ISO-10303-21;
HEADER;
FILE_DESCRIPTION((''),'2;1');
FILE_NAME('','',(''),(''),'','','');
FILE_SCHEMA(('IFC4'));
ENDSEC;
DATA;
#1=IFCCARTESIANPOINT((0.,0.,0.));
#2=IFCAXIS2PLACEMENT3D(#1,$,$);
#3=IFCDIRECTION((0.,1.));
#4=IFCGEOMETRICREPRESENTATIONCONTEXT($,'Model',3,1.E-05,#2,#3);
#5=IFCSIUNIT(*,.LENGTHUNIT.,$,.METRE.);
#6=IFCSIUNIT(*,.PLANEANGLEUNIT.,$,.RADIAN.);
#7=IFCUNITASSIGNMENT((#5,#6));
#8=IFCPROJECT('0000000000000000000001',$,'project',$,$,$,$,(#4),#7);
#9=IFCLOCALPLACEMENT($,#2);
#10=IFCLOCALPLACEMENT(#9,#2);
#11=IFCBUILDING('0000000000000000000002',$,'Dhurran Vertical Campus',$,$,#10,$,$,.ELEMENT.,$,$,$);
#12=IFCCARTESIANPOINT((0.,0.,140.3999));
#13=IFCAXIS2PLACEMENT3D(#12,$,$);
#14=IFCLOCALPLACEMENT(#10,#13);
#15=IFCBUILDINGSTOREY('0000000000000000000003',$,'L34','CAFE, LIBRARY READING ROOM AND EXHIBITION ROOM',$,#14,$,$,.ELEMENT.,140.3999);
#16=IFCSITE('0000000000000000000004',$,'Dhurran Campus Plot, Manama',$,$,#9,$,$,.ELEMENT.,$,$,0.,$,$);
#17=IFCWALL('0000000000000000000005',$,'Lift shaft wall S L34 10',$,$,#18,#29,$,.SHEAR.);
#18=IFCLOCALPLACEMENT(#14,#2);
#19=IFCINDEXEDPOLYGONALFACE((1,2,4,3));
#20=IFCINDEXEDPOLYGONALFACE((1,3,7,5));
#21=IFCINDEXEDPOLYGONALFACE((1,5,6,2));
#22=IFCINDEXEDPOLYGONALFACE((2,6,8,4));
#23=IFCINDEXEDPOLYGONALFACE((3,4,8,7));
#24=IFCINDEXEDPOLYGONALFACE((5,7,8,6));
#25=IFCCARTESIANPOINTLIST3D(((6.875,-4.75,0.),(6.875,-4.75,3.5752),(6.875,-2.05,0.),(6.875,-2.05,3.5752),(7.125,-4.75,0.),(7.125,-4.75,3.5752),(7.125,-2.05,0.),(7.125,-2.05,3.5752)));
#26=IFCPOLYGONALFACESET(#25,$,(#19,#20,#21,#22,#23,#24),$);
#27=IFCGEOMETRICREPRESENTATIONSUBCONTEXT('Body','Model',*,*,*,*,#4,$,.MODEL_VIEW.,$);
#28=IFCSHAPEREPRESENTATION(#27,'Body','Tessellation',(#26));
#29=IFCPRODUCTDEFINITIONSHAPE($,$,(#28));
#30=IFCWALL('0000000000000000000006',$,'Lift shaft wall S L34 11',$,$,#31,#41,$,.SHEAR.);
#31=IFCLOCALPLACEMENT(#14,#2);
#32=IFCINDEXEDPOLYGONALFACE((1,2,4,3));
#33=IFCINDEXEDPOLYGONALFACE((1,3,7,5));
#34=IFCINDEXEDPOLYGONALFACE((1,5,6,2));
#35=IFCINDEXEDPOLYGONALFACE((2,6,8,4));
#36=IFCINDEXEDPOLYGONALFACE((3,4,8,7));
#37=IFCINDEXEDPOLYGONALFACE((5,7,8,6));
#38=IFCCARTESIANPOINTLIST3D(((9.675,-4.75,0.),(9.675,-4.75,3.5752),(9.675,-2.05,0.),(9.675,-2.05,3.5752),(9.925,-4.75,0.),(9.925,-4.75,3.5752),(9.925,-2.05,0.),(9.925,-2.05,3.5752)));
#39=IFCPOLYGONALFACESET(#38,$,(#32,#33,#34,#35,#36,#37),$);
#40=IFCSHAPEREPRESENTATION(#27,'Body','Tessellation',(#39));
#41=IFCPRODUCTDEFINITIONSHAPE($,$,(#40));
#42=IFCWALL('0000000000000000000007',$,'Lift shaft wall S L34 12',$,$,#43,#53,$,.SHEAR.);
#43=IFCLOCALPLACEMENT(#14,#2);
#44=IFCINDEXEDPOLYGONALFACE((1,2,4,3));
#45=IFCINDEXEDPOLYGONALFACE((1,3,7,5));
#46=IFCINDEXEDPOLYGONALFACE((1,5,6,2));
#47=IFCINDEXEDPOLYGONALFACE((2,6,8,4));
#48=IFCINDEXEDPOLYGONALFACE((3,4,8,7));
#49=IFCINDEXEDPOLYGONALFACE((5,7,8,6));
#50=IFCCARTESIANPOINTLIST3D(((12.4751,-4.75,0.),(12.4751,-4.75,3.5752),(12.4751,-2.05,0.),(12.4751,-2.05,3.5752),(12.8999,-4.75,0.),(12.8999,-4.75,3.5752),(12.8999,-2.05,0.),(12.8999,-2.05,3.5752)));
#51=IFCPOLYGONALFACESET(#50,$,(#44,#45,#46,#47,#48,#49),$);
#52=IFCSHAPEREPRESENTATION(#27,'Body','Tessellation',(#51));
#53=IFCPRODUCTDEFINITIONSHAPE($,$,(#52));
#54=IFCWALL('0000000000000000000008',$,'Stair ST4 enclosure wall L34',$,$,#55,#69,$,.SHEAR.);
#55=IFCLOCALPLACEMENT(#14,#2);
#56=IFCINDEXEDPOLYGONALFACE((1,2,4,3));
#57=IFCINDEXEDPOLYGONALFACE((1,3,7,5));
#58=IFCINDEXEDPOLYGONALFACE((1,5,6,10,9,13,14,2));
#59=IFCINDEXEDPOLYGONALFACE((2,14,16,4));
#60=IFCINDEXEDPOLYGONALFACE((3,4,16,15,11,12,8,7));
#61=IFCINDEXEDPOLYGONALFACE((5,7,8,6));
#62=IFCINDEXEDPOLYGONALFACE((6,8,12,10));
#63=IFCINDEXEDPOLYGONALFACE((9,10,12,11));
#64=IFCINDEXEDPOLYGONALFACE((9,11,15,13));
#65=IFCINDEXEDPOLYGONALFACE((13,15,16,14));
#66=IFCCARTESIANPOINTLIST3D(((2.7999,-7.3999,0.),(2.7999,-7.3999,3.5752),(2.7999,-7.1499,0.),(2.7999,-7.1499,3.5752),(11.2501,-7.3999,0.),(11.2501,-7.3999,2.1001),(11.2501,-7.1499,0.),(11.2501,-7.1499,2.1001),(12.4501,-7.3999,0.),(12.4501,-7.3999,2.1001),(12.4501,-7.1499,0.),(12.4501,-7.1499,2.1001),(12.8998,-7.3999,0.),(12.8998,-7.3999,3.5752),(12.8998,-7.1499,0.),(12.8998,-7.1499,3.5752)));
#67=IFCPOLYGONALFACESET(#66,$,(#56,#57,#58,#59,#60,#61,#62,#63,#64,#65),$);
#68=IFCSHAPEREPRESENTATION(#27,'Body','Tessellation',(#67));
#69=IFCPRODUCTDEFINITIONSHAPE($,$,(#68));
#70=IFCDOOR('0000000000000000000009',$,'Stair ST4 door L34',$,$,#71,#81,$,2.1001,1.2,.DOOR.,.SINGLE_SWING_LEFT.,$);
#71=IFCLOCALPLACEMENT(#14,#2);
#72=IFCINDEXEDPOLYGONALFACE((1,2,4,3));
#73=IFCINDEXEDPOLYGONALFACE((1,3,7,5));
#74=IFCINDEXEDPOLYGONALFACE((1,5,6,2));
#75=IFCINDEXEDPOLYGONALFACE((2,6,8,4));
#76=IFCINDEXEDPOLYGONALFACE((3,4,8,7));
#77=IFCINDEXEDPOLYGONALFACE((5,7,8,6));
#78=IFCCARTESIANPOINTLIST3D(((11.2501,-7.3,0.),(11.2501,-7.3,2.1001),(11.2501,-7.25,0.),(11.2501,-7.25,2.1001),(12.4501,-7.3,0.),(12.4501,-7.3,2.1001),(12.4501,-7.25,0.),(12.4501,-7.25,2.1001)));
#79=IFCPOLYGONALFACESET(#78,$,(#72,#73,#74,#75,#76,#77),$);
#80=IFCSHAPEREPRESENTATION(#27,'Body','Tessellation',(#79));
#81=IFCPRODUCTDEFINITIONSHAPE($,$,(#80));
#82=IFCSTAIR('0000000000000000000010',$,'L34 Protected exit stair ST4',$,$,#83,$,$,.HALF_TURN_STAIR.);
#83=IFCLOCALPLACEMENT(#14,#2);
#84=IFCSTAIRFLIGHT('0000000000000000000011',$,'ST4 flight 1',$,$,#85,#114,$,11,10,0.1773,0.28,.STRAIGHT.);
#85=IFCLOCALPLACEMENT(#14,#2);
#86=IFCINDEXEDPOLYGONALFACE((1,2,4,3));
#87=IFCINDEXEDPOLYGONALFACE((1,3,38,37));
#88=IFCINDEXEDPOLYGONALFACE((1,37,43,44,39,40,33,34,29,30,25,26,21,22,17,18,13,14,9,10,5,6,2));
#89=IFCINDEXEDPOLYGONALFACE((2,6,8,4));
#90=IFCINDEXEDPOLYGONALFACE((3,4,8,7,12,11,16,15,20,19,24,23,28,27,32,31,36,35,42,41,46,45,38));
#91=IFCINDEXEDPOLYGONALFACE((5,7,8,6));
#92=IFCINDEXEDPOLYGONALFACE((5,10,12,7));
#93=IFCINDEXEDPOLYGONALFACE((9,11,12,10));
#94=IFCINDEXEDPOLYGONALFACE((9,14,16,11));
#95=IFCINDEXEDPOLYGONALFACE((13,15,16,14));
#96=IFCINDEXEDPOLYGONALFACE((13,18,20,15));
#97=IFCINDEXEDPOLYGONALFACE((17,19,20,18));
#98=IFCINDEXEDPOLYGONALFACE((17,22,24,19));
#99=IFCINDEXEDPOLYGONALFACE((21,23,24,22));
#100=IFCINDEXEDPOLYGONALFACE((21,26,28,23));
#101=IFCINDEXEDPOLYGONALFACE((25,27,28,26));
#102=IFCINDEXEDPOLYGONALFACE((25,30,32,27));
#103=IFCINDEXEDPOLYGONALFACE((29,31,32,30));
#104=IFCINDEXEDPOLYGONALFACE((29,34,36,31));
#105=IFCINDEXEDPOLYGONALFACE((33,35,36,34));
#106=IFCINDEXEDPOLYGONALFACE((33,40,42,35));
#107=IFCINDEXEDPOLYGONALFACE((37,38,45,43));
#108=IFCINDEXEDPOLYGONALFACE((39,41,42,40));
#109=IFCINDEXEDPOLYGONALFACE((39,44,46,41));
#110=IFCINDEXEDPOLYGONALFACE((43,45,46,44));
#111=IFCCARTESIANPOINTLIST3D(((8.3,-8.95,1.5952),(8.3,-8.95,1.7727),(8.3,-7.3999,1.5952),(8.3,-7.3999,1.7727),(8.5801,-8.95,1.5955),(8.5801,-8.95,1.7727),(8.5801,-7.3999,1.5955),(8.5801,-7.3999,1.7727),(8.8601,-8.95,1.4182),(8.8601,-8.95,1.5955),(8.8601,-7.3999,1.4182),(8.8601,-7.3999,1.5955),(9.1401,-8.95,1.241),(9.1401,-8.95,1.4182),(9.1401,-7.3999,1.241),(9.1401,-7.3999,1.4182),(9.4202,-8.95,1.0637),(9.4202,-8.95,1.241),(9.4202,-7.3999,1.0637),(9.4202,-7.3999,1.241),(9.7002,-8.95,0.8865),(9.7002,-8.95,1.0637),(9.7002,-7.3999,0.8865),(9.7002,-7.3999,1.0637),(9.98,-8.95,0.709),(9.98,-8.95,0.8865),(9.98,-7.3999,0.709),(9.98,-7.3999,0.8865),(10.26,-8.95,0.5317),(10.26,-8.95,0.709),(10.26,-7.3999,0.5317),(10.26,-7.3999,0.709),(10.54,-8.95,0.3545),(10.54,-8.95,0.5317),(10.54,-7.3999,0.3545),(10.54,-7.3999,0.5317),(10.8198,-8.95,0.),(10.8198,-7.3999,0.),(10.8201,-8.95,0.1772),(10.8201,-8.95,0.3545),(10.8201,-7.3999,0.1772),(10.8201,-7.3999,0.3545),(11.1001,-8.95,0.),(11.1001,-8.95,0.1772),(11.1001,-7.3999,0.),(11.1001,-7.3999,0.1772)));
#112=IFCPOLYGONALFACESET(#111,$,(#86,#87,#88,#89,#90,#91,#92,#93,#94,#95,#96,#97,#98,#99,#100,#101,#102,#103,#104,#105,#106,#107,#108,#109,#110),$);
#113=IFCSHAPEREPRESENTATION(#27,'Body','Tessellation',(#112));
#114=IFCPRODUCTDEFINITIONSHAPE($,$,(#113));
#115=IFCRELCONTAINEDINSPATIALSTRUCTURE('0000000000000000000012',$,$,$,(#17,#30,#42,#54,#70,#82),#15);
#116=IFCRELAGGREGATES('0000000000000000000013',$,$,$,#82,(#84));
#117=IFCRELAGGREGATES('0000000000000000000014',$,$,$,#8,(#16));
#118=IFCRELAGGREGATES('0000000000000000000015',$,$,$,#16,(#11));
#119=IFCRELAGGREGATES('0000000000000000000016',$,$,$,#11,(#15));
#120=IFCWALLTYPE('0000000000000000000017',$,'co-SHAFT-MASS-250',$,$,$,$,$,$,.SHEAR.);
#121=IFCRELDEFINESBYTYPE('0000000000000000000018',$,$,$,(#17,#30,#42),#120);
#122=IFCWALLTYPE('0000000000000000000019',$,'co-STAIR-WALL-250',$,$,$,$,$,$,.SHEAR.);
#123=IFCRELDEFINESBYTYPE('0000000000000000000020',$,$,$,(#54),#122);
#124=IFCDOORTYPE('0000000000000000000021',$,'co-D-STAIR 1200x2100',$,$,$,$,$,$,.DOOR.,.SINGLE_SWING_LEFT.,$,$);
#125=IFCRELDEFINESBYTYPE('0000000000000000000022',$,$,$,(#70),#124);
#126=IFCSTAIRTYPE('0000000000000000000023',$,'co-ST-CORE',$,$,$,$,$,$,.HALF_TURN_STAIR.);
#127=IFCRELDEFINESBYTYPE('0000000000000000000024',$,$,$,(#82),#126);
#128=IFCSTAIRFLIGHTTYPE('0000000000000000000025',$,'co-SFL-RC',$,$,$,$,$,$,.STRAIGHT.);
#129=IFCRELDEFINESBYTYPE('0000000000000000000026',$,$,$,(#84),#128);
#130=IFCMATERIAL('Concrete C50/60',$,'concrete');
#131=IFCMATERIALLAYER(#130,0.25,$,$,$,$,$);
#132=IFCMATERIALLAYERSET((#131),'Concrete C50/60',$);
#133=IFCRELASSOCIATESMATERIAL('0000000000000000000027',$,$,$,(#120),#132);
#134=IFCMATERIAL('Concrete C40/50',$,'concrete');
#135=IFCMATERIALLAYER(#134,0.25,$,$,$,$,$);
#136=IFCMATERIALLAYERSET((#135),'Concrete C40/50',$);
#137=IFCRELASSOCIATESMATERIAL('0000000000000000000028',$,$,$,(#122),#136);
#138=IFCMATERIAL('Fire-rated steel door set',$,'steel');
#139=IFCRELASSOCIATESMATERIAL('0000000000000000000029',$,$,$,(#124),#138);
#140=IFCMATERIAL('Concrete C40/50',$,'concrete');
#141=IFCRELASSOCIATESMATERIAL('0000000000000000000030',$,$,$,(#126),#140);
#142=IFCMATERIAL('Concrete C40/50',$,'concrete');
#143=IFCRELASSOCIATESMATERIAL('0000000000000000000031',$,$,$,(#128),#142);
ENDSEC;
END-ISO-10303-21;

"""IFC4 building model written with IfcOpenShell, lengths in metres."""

from ifc_helpers import new_model, si_unit, direction, frame, frame_2d, origin, place, context, subcontext, project, spatial, polyline, rectangle, outline, extrude, material, layer, layer_set, type_object, element, fill, aggregate, save


model = new_model("IFC4")

# Units and contexts
model_context = context("Model", 3, precision=1e-05, world=origin(), true_north=direction((0.0, 1.0)))
body_context = subcontext(model_context, "Body", "Model", "MODEL_VIEW")
ifc_project = project(units=[si_unit("LENGTHUNIT", "METRE"), si_unit("PLANEANGLEUNIT", "RADIAN")], contexts=[model_context])

# Site, building, storey
site_placement = place(None, origin())
site = spatial("IfcSite", under=ifc_project, at=site_placement, Name="Dhurran Campus Plot, Manama", CompositionType="ELEMENT", RefElevation=0.0)
building_placement = place(site_placement, origin())
building = spatial("IfcBuilding", under=site, at=building_placement, Name="Dhurran Vertical Campus", CompositionType="ELEMENT")
storey_placement = place(building_placement, frame((0.0, 0.0, 140.3999)))
storey = spatial("IfcBuildingStorey", under=building, at=storey_placement, Name="L34", Description="CAFE, LIBRARY READING ROOM AND EXHIBITION ROOM", CompositionType="ELEMENT", Elevation=140.3999)

# Walls
ifc_material_1 = material(Name="Concrete C50/60", Category="concrete")
ifc_layer_1 = layer(ifc_material_1, 0.25)
ifc_layer_set_1 = layer_set([ifc_layer_1], Name="Concrete C50/60")
wall_type_1 = type_object("IfcWallType", Name="co-SHAFT-MASS-250", PredefinedType="SHEAR", material=ifc_layer_set_1)
wall_1_placement = place(storey_placement, origin())
element("IfcWall", 1, at=wall_1_placement, inside=storey, type_object=wall_type_1, Name="Lift shaft wall S L34 10", PredefinedType="SHEAR", context=body_context, shape_type="SweptSolid", body=[
    extrude(outline(polyline([(6.875, -4.75), (7.125, -4.75), (7.125, -2.05), (6.875, -2.05), (6.875, -4.75)])), origin(), (0.0, 0.0, 1.0), 3.5752),
])
wall_2_placement = place(storey_placement, origin())
element("IfcWall", 2, at=wall_2_placement, inside=storey, type_object=wall_type_1, Name="Lift shaft wall S L34 11", PredefinedType="SHEAR", context=body_context, shape_type="SweptSolid", body=[
    extrude(outline(polyline([(9.675, -4.75), (9.925, -4.75), (9.925, -2.05), (9.675, -2.05), (9.675, -4.75)])), origin(), (0.0, 0.0, 1.0), 3.5752),
])
wall_3_placement = place(storey_placement, origin())
element("IfcWall", 3, at=wall_3_placement, inside=storey, type_object=wall_type_1, Name="Lift shaft wall S L34 12", PredefinedType="SHEAR", context=body_context, shape_type="SweptSolid", body=[
    extrude(outline(polyline([(12.4751, -4.75), (12.8999, -4.75), (12.8999, -2.05), (12.4751, -2.05), (12.4751, -4.75)])), origin(), (0.0, 0.0, 1.0), 3.5752),
])

# Wall, opening, door
ifc_material_2 = material(Name="Concrete C40/50", Category="concrete")
ifc_layer_2 = layer(ifc_material_2, 0.25)
ifc_layer_set_2 = layer_set([ifc_layer_2], Name="Concrete C40/50")
wall_type_2 = type_object("IfcWallType", Name="co-STAIR-WALL-250", PredefinedType="SHEAR", material=ifc_layer_set_2)
wall_4_placement = place(storey_placement, frame((2.8, -7.2749, 0.0), z_axis=(0.0, 0.0, 1.0), x_axis=(1.0, 0.0, 0.0)))
wall_4 = element("IfcWall", 4, at=wall_4_placement, inside=storey, type_object=wall_type_2, Name="Stair ST4 enclosure wall L34", PredefinedType="SHEAR", context=body_context, shape_type="SweptSolid", body=[
    extrude(rectangle(XDim=10.0999, YDim=0.25, at=frame_2d((5.0498, 0.0))), origin(), (0.0, 0.0, 1.0), 3.5752),
])
opening_1_placement = place(wall_4_placement, frame((8.45, 0.0, 0.0)))
opening_1 = element("IfcOpeningElement", 5, at=opening_1_placement, cuts=wall_4, PredefinedType="OPENING", context=body_context, shape_type="SweptSolid", body=[
    extrude(rectangle(XDim=1.2, YDim=2.1001, at=frame_2d((0.6001, 1.05))), frame((0.0, 0.135, 0.0), z_axis=(0.0, -1.0, 0.0), x_axis=(1.0, 0.0, 0.0)), (0.0, 0.0, 1.0), 0.27),
])
ifc_material_3 = material(Name="Fire-rated steel door set", Category="steel")
door_type_1 = type_object("IfcDoorType", Name="co-D-STAIR 1200x2100", OperationType="SINGLE_SWING_LEFT", PredefinedType="DOOR", material=ifc_material_3)
door_1_placement = place(opening_1_placement, origin())
door_1 = element("IfcDoor", 6, at=door_1_placement, inside=storey, type_object=door_type_1, Name="Stair ST4 door L34", OperationType="SINGLE_SWING_LEFT", OverallHeight=2.1001, OverallWidth=1.2, PredefinedType="DOOR", context=body_context, shape_type="SweptSolid", body=[
    extrude(rectangle(XDim=1.2, YDim=2.1001, at=frame_2d((0.6001, 1.05))), frame((0.0, 0.0249, 0.0), z_axis=(0.0, -1.0, 0.0), x_axis=(1.0, 0.0, 0.0)), (0.0, 0.0, 1.0), 0.05),
])
fill(opening_1, door_1)

# Stair, stair flight
ifc_material_4 = material(Name="Concrete C40/50", Category="concrete")
stair_type = type_object("IfcStairType", Name="co-ST-CORE", PredefinedType="HALF_TURN_STAIR", material=ifc_material_4)
stair_placement = place(storey_placement, origin())
stair = element("IfcStair", 7, at=stair_placement, inside=storey, type_object=stair_type, Name="L34 Protected exit stair ST4", PredefinedType="HALF_TURN_STAIR")
ifc_material_5 = material(Name="Concrete C40/50", Category="concrete")
stair_flight_type = type_object("IfcStairFlightType", Name="co-SFL-RC", PredefinedType="STRAIGHT", material=ifc_material_5)
stair_flight_placement = place(storey_placement, frame((11.1001, -8.175, 0.0), z_axis=(0.0, 0.0, 1.0), x_axis=(-1.0, 0.0, 0.0)))
stair_flight = element("IfcStairFlight", 8, at=stair_flight_placement, type_object=stair_flight_type, Name="ST4 flight 1", NumberOfRisers=11, NumberOfTreads=10, PredefinedType="STRAIGHT", RiserHeight=0.1773, TreadLength=0.28, context=body_context, shape_type="SweptSolid", body=[
    extrude(outline(polyline([(0.0, 0.0), (0.0, 0.1772), (0.28, 0.1772), (0.28, 0.3545), (0.5601, 0.3545), (0.5601, 0.5317), (0.8401, 0.5317), (0.8401, 0.709), (1.1201, 0.709), (1.1201, 0.8865), (1.3999, 0.8865), (1.3999, 1.0637), (1.6799, 1.0637), (1.6799, 1.241), (1.96, 1.241), (1.96, 1.4182), (2.24, 1.4182), (2.24, 1.5955), (2.52, 1.5955), (2.52, 1.7727), (2.8, 1.7727), (2.8, 1.95), (2.8, 1.5952), (0.2803, 0.0), (0.0, 0.0)])), frame((0.0, 0.7749, 0.0), z_axis=(0.0, -1.0, 0.0), x_axis=(1.0, 0.0, 0.0)), (0.0, 0.0, 1.0), 1.55),
])
aggregate(stair, [stair_flight])

save(model, "model.ifc")
